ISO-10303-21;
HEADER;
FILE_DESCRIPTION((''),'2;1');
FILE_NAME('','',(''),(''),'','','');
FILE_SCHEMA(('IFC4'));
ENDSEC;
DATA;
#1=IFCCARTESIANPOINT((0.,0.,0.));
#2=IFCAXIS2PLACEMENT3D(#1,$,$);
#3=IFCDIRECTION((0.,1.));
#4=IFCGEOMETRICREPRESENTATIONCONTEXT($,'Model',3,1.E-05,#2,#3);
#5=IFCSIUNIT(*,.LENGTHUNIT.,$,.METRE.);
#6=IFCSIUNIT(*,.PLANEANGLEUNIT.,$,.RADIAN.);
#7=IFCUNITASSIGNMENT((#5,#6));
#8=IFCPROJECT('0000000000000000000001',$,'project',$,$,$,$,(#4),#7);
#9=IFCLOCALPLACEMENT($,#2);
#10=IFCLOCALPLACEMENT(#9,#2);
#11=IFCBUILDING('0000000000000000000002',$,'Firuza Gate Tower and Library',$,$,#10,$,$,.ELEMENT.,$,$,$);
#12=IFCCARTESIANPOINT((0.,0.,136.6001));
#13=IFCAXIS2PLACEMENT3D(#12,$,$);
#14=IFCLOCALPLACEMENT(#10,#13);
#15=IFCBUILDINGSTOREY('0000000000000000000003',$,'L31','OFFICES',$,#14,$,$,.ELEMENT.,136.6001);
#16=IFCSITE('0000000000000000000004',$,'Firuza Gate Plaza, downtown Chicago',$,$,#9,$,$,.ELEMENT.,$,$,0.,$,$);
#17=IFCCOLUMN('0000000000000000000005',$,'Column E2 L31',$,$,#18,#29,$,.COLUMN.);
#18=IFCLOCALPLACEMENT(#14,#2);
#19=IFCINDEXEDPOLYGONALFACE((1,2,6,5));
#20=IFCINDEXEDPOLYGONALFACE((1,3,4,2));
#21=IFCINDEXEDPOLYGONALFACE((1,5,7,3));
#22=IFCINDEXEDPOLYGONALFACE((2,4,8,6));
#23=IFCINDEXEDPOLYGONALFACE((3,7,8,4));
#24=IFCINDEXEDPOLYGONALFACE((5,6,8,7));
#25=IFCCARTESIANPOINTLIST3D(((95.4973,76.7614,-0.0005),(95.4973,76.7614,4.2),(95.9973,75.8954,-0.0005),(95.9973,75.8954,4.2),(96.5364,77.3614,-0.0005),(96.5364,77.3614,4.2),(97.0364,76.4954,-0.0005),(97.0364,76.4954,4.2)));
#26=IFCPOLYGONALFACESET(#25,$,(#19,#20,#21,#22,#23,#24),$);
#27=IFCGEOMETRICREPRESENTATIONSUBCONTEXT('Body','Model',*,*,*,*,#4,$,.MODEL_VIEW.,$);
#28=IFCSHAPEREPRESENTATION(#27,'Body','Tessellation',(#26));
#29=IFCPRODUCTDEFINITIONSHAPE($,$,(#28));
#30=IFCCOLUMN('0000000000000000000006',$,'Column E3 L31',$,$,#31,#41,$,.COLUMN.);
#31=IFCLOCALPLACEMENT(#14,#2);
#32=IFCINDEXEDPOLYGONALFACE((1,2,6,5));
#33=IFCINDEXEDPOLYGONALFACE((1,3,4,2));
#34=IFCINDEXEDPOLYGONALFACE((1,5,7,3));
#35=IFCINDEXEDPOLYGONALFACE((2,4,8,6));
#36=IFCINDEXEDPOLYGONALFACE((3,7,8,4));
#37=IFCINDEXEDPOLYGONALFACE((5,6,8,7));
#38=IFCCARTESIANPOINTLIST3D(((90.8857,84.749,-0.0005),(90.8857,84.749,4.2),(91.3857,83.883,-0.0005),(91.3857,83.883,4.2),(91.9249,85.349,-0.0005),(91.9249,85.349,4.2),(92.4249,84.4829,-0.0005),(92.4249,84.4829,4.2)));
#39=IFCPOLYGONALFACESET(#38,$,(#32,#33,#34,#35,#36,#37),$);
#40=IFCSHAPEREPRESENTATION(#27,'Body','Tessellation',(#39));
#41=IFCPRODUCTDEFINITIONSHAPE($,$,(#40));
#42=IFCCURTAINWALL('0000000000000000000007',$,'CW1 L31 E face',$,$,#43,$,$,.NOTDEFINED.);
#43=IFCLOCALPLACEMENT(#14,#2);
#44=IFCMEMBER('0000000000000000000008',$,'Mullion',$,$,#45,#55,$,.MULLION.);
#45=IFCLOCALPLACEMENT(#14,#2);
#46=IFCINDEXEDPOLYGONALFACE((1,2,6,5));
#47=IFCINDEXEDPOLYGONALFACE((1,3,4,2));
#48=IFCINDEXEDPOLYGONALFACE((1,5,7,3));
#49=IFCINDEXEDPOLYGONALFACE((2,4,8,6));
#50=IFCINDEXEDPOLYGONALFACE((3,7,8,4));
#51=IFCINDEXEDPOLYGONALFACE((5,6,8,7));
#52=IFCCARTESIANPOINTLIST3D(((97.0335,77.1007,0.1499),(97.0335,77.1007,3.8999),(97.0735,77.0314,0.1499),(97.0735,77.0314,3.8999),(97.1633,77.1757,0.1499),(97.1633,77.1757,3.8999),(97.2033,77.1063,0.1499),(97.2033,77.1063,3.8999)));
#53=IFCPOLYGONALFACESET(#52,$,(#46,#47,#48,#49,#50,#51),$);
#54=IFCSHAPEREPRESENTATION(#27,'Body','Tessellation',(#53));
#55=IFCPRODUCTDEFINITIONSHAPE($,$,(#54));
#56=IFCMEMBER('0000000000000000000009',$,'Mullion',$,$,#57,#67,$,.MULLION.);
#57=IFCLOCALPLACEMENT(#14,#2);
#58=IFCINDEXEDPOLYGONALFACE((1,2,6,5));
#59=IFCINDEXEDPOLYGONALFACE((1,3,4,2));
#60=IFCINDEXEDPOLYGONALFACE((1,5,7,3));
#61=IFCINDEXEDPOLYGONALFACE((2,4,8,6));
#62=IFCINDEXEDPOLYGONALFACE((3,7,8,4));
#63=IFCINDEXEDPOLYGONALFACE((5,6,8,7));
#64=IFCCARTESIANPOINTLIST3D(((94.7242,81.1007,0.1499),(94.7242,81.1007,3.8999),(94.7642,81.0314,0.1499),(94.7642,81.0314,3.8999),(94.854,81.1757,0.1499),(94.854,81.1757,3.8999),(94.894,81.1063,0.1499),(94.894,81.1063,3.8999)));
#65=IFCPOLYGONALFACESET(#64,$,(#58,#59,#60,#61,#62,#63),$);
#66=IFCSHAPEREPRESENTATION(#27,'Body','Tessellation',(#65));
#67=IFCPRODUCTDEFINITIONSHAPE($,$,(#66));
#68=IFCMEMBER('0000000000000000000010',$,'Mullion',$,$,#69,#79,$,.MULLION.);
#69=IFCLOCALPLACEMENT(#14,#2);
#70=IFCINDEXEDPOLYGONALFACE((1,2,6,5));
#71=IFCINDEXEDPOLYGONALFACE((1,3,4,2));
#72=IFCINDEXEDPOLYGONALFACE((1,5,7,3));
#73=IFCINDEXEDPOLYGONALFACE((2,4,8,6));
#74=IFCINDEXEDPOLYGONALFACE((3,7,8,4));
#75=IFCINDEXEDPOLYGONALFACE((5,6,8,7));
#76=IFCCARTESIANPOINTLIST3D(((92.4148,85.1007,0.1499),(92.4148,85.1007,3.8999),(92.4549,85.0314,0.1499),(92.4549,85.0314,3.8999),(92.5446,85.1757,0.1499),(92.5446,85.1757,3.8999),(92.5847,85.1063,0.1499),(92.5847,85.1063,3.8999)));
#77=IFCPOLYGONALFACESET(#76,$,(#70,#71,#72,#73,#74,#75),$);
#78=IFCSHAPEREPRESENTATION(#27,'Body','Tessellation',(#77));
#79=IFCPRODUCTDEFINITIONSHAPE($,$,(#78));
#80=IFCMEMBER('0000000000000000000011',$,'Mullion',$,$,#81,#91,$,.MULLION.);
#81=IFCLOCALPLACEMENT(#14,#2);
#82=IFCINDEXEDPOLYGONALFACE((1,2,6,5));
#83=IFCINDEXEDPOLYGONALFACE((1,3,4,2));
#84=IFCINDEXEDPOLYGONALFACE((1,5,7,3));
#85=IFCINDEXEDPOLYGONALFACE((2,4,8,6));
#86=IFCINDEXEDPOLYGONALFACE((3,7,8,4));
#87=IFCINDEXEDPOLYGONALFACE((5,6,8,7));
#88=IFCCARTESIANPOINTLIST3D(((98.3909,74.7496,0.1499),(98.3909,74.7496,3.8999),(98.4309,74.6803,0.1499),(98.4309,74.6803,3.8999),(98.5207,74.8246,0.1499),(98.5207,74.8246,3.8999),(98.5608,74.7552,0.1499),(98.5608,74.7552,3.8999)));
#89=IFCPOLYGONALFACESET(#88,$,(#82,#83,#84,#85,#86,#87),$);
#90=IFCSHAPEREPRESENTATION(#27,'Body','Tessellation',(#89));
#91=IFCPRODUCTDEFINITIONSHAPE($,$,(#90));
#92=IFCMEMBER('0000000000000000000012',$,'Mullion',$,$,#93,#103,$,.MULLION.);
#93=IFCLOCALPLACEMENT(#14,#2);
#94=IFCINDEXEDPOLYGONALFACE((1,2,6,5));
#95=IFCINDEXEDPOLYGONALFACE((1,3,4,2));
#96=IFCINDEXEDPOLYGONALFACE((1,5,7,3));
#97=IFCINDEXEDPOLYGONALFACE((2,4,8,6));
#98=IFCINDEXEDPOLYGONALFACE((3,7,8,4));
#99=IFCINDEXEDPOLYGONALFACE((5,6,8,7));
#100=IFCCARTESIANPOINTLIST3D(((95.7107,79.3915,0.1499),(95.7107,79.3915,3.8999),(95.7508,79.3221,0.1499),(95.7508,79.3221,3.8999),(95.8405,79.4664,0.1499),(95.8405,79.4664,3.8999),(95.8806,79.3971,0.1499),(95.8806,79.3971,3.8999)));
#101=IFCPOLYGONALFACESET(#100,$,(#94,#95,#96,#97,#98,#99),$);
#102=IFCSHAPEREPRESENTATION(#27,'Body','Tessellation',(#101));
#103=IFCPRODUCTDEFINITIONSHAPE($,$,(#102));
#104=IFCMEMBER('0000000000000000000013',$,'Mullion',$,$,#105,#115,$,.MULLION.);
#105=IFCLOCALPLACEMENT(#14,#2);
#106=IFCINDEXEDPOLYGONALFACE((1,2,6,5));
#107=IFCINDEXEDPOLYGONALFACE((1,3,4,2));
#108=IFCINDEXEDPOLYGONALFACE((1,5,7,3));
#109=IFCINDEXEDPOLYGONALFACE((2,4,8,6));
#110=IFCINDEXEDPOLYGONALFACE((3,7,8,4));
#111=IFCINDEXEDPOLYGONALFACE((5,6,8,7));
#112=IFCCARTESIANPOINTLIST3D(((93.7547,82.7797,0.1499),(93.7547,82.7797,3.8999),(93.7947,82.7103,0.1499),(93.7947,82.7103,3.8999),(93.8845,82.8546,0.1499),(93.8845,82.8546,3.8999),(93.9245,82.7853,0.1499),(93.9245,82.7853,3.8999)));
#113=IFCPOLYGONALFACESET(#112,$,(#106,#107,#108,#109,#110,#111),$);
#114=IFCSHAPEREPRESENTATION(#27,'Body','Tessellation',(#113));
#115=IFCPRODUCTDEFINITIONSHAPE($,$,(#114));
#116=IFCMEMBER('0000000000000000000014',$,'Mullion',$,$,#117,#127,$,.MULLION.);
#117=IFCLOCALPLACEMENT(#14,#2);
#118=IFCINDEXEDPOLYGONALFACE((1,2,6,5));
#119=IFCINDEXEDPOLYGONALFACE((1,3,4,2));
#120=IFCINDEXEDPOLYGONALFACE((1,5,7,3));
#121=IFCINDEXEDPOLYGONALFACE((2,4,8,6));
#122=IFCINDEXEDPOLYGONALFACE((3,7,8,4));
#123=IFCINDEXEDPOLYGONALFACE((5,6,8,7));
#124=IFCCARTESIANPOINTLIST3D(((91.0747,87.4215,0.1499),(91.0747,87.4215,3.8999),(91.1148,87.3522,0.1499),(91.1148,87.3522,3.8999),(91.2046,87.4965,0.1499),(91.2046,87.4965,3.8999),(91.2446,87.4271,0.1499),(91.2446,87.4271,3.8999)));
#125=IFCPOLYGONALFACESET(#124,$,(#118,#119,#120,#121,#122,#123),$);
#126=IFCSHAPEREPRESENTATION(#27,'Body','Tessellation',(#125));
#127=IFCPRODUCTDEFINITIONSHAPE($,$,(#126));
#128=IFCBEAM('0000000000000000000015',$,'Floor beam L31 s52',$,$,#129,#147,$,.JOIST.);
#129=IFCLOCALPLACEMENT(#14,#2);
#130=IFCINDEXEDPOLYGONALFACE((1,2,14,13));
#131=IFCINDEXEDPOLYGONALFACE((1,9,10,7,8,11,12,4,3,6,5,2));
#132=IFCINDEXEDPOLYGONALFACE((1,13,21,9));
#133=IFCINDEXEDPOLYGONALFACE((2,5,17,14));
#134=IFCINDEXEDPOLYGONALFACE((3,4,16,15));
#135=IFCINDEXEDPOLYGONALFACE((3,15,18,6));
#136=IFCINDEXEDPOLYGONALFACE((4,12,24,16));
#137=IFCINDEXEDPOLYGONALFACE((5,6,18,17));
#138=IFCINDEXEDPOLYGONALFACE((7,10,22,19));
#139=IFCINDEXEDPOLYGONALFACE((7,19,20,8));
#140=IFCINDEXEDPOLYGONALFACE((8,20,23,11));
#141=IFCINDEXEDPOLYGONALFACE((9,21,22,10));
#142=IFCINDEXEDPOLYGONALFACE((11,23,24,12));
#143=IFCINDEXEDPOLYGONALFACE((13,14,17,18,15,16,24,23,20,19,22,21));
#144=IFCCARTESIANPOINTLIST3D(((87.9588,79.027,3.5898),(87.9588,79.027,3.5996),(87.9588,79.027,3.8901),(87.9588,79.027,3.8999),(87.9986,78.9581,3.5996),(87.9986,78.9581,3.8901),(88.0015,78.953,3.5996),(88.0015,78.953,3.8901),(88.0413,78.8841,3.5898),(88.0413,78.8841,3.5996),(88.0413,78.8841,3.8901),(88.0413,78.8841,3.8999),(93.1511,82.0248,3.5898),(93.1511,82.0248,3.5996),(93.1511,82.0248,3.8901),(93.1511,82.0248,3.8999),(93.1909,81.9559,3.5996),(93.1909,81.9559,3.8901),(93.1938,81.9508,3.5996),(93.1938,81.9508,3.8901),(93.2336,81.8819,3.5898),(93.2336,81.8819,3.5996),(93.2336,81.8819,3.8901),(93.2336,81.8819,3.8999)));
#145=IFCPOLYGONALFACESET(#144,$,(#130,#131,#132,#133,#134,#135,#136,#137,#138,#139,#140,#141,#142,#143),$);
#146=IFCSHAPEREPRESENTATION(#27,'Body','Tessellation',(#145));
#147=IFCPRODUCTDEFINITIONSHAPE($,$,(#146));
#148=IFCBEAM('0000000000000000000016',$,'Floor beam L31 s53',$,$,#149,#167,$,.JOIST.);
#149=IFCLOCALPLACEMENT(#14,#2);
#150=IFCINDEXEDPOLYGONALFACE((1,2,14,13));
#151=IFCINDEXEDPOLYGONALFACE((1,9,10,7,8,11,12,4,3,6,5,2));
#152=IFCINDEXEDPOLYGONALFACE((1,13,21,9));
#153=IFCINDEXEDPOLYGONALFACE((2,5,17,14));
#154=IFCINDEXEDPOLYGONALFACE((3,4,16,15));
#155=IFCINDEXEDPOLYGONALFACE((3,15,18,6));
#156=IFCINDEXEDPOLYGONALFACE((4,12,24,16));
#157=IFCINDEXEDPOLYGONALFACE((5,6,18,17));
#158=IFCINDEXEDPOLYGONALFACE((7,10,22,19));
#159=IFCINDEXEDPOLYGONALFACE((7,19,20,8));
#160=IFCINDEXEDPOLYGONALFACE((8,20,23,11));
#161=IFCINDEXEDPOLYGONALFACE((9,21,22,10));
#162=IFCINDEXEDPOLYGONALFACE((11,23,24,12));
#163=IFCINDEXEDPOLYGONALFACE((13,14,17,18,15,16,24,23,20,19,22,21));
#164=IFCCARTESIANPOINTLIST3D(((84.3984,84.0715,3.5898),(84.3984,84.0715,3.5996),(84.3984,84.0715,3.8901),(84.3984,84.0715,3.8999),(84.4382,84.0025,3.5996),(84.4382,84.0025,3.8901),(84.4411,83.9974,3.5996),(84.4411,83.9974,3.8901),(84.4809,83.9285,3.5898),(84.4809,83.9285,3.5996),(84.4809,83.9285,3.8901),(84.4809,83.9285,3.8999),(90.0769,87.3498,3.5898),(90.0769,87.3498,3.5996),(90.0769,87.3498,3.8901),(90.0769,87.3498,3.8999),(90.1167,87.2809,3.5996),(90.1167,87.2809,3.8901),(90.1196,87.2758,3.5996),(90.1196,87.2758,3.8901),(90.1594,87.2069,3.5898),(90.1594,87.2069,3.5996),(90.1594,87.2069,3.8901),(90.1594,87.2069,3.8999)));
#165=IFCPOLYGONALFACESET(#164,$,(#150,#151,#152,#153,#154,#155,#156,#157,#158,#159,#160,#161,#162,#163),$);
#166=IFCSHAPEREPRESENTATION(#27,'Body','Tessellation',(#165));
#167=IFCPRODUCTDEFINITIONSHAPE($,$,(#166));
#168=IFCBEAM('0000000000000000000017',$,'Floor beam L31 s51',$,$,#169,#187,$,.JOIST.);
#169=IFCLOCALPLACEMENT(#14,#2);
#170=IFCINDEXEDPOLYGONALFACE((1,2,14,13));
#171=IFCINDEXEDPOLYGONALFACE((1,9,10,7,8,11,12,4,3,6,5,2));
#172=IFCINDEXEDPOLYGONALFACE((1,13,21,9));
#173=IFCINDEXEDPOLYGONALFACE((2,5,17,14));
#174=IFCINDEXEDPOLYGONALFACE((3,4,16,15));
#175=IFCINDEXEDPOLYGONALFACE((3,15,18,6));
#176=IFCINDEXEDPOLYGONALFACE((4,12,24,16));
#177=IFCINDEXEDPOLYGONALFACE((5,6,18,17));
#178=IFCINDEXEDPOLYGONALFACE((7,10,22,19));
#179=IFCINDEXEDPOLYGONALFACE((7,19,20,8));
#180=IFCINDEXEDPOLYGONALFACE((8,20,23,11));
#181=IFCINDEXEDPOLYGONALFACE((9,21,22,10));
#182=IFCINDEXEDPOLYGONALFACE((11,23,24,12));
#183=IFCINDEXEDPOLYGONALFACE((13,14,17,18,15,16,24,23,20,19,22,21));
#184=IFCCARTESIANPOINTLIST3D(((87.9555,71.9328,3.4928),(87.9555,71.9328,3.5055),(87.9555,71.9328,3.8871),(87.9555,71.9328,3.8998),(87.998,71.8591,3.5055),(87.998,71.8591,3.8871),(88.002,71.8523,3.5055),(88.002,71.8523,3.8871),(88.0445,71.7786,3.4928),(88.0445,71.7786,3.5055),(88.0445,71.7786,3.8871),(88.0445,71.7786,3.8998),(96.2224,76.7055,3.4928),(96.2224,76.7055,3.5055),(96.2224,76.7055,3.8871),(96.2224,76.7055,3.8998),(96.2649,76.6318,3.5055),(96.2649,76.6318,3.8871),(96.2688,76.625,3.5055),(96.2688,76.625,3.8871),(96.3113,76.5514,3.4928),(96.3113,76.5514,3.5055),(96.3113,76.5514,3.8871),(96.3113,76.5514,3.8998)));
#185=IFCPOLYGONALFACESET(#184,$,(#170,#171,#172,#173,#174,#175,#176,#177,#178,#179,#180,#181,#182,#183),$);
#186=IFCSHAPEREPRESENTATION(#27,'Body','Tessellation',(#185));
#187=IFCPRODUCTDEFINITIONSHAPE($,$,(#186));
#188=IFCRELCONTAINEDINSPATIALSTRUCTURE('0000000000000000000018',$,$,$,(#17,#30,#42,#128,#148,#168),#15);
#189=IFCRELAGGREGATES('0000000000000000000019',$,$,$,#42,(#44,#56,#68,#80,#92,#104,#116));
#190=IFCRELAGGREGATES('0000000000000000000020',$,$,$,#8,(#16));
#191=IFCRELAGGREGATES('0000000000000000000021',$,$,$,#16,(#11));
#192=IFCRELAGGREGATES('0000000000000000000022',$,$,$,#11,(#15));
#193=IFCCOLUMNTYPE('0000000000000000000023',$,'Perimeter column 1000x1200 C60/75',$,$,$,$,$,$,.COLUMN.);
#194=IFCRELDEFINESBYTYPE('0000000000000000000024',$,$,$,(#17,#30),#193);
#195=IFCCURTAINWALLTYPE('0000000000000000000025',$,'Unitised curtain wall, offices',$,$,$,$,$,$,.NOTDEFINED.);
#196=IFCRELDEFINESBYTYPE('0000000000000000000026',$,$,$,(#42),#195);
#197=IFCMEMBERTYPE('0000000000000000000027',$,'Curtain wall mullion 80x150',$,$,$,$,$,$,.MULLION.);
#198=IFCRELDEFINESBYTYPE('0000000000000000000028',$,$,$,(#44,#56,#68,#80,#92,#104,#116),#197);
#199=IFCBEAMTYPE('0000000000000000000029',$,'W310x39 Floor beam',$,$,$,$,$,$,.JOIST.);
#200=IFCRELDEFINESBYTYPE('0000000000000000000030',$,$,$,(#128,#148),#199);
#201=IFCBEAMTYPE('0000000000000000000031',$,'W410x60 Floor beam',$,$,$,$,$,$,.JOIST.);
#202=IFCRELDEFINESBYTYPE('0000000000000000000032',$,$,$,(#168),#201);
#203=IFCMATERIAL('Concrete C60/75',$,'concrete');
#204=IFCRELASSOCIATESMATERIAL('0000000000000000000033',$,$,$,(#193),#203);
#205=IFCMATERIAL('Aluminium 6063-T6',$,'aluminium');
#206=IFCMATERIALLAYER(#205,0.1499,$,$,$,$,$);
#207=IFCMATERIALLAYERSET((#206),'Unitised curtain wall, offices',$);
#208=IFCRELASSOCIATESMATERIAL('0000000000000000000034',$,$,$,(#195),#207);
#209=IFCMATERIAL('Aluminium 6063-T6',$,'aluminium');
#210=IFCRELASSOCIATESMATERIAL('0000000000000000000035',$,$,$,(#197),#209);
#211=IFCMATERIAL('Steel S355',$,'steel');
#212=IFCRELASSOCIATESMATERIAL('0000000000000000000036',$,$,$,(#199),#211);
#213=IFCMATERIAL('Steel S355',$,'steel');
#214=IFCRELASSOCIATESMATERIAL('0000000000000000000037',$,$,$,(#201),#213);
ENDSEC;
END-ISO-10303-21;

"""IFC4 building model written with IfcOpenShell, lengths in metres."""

from ifc_helpers import new_model, si_unit, direction, frame, origin, origin_2d, place, context, subcontext, project, spatial, rectangle, i_section, extrude, material, layer, layer_set, material_profile, profile_set, type_object, element, aggregate, save


model = new_model("IFC4")

# Units and contexts
model_context = context("Model", 3, precision=1e-05, world=origin(), true_north=direction((0.0, 1.0)))
body_context = subcontext(model_context, "Body", "Model", "MODEL_VIEW")
ifc_project = project(units=[si_unit("LENGTHUNIT", "METRE"), si_unit("PLANEANGLEUNIT", "RADIAN")], contexts=[model_context])

# Site, building, storey
site_placement = place(None, origin())
site = spatial("IfcSite", under=ifc_project, at=site_placement, Name="Firuza Gate Plaza, downtown Chicago", CompositionType="ELEMENT", RefElevation=0.0)
building_placement = place(site_placement, origin())
building = spatial("IfcBuilding", under=site, at=building_placement, Name="Firuza Gate Tower and Library", CompositionType="ELEMENT")
storey_placement = place(building_placement, frame((0.0, 0.0, 136.6001)))
storey = spatial("IfcBuildingStorey", under=building, at=storey_placement, Name="L31", Description="OFFICES", CompositionType="ELEMENT", Elevation=136.6001)

# Columns
ifc_material_1 = material(Name="Concrete C60/75", Category="concrete")
ifc_material_profile_1 = material_profile(ifc_material_1, rectangle(XDim=1.0, YDim=1.2, at=origin_2d()))
ifc_profile_set_1 = profile_set([ifc_material_profile_1], Name="Concrete C60/75")
column_type = type_object("IfcColumnType", Name="Perimeter column 1000x1200 C60/75", PredefinedType="COLUMN", material=ifc_profile_set_1)
for number, where, z_axis, x_axis, name in (
    (1, (96.2668, 76.6284, -0.0005), (0.0, 0.0, 1.0), (-0.5, 0.866025, 0.0), "Column E2 L31"),
    (2, (91.6553, 84.616, -0.0005), (0.0, 0.0, 1.0), (-0.5, 0.866025, 0.0), "Column E3 L31"),
):
    element("IfcColumn", number, at=place(storey_placement, frame(where, z_axis=z_axis, x_axis=x_axis)), inside=storey, type_object=column_type, Name=name, PredefinedType="COLUMN", context=body_context, shape_type="SweptSolid", body=[
        extrude(rectangle(XDim=1.0, YDim=1.2, at=origin_2d()), origin(), (0.0, 0.0, 1.0), 4.2004),
    ])

# Curtain wall, members
ifc_material_2 = material(Name="Aluminium 6063-T6", Category="aluminium")
ifc_layer_1 = layer(ifc_material_2, 0.1499)
ifc_layer_set_1 = layer_set([ifc_layer_1], Name="Unitised curtain wall, offices")
curtain_wall_type = type_object("IfcCurtainWallType", Name="Unitised curtain wall, offices", PredefinedType="NOTDEFINED", material=ifc_layer_set_1)
curtain_wall_placement = place(storey_placement, origin())
curtain_wall = element("IfcCurtainWall", 3, at=curtain_wall_placement, inside=storey, type_object=curtain_wall_type, Name="CW1 L31 E face", PredefinedType="NOTDEFINED")
ifc_material_3 = material(Name="Aluminium 6063-T6", Category="aluminium")
ifc_material_profile_2 = material_profile(ifc_material_3, rectangle(XDim=0.1499, YDim=0.0801, at=origin_2d()))
ifc_profile_set_2 = profile_set([ifc_material_profile_2], Name="Aluminium 6063-T6")
member_type = type_object("IfcMemberType", Name="Curtain wall mullion 80x150", PredefinedType="MULLION", material=ifc_profile_set_2)
member_1_placement = place(storey_placement, frame((97.1184, 77.1035, 0.1499), z_axis=(0.0, 0.0, 1.0), x_axis=(-0.866025, -0.5, 0.0)))
member_1 = element("IfcMember", 4, at=member_1_placement, type_object=member_type, Name="Mullion", PredefinedType="MULLION", context=body_context, shape_type="SweptSolid", body=[
    extrude(rectangle(XDim=0.1499, YDim=0.0801, at=origin_2d()), origin(), (0.0, 0.0, 1.0), 3.75),
])
member_2_placement = place(storey_placement, frame((94.8091, 81.1035, 0.1499), z_axis=(0.0, 0.0, 1.0), x_axis=(-0.866025, -0.5, 0.0)))
member_2 = element("IfcMember", 5, at=member_2_placement, type_object=member_type, Name="Mullion", PredefinedType="MULLION", context=body_context, shape_type="SweptSolid", body=[
    extrude(rectangle(XDim=0.1499, YDim=0.0801, at=origin_2d()), origin(), (0.0, 0.0, 1.0), 3.75),
])
member_3_placement = place(storey_placement, frame((92.4998, 85.1035, 0.1499), z_axis=(0.0, 0.0, 1.0), x_axis=(-0.866025, -0.5, 0.0)))
member_3 = element("IfcMember", 6, at=member_3_placement, type_object=member_type, Name="Mullion", PredefinedType="MULLION", context=body_context, shape_type="SweptSolid", body=[
    extrude(rectangle(XDim=0.1499, YDim=0.0801, at=origin_2d()), origin(), (0.0, 0.0, 1.0), 3.75),
])
member_4_placement = place(storey_placement, frame((98.4758, 74.7524, 0.1499), z_axis=(0.0, 0.0, 1.0), x_axis=(-0.866025, -0.5, 0.0)))
member_4 = element("IfcMember", 7, at=member_4_placement, type_object=member_type, Name="Mullion", PredefinedType="MULLION", context=body_context, shape_type="SweptSolid", body=[
    extrude(rectangle(XDim=0.1499, YDim=0.0801, at=origin_2d()), origin(), (0.0, 0.0, 1.0), 3.75),
])
member_5_placement = place(storey_placement, frame((95.7957, 79.3943, 0.1499), z_axis=(0.0, 0.0, 1.0), x_axis=(-0.866025, -0.5, 0.0)))
member_5 = element("IfcMember", 8, at=member_5_placement, type_object=member_type, Name="Mullion", PredefinedType="MULLION", context=body_context, shape_type="SweptSolid", body=[
    extrude(rectangle(XDim=0.1499, YDim=0.0801, at=origin_2d()), origin(), (0.0, 0.0, 1.0), 3.75),
])
member_6_placement = place(storey_placement, frame((93.8396, 82.7825, 0.1499), z_axis=(0.0, 0.0, 1.0), x_axis=(-0.866025, -0.5, 0.0)))
member_6 = element("IfcMember", 9, at=member_6_placement, type_object=member_type, Name="Mullion", PredefinedType="MULLION", context=body_context, shape_type="SweptSolid", body=[
    extrude(rectangle(XDim=0.1499, YDim=0.0801, at=origin_2d()), origin(), (0.0, 0.0, 1.0), 3.75),
])
member_7_placement = place(storey_placement, frame((91.1597, 87.4243, 0.1499), z_axis=(0.0, 0.0, 1.0), x_axis=(-0.866025, -0.5, 0.0)))
member_7 = element("IfcMember", 10, at=member_7_placement, type_object=member_type, Name="Mullion", PredefinedType="MULLION", context=body_context, shape_type="SweptSolid", body=[
    extrude(rectangle(XDim=0.1499, YDim=0.0801, at=origin_2d()), origin(), (0.0, 0.0, 1.0), 3.75),
])

# Beams
ifc_material_4 = material(Name="Steel S355", Category="steel")
ifc_material_profile_3 = material_profile(ifc_material_4, i_section(OverallWidth=0.165, OverallDepth=0.3101, WebThickness=0.0059, FlangeThickness=0.0098, at=origin_2d()))
ifc_profile_set_3 = profile_set([ifc_material_profile_3], Name="Steel S355")
beam_type_1 = type_object("IfcBeamType", Name="W310x39 Floor beam", PredefinedType="JOIST", material=ifc_profile_set_3)
beam_1_placement = place(storey_placement, frame((93.1924, 81.9534, 3.7449), z_axis=(-0.866027, -0.499997, 0.0), x_axis=(0.499997, -0.866027, 0.0)))
element("IfcBeam", 11, at=beam_1_placement, inside=storey, type_object=beam_type_1, Name="Floor beam L31 s52", PredefinedType="JOIST", context=body_context, shape_type="SweptSolid", body=[
    extrude(i_section(OverallWidth=0.165, OverallDepth=0.3101, WebThickness=0.0059, FlangeThickness=0.0098, at=origin_2d()), origin(), (0.0, 0.0, 1.0), 5.9956),
])
beam_2_placement = place(storey_placement, frame((90.1182, 87.2783, 3.7449), z_axis=(-0.866035, -0.499984, 0.0), x_axis=(0.499984, -0.866035, 0.0)))
element("IfcBeam", 12, at=beam_2_placement, inside=storey, type_object=beam_type_1, Name="Floor beam L31 s53", PredefinedType="JOIST", context=body_context, shape_type="SweptSolid", body=[
    extrude(i_section(OverallWidth=0.165, OverallDepth=0.3101, WebThickness=0.0059, FlangeThickness=0.0098, at=origin_2d()), origin(), (0.0, 0.0, 1.0), 6.5569),
])
ifc_material_5 = material(Name="Steel S355", Category="steel")
ifc_material_profile_4 = material_profile(ifc_material_5, i_section(OverallWidth=0.178, OverallDepth=0.407, WebThickness=0.0078, FlangeThickness=0.0127, at=origin_2d()))
ifc_profile_set_4 = profile_set([ifc_material_profile_4], Name="Steel S355")
beam_type_2 = type_object("IfcBeamType", Name="W410x60 Floor beam", PredefinedType="JOIST", material=ifc_profile_set_4)
beam_3_placement = place(storey_placement, frame((96.2668, 76.6284, 3.6963), z_axis=(-0.866033, -0.499987, 0.0), x_axis=(0.499987, -0.866033, 0.0)))
element("IfcBeam", 13, at=beam_3_placement, inside=storey, type_object=beam_type_2, Name="Floor beam L31 s51", PredefinedType="JOIST", context=body_context, shape_type="SweptSolid", body=[
    extrude(i_section(OverallWidth=0.178, OverallDepth=0.407, WebThickness=0.0078, FlangeThickness=0.0127, at=origin_2d()), origin(), (0.0, 0.0, 1.0), 9.5457),
])

aggregate(curtain_wall, [member_1, member_2, member_3, member_4, member_5, member_6, member_7])

save(model, "model.ifc")
